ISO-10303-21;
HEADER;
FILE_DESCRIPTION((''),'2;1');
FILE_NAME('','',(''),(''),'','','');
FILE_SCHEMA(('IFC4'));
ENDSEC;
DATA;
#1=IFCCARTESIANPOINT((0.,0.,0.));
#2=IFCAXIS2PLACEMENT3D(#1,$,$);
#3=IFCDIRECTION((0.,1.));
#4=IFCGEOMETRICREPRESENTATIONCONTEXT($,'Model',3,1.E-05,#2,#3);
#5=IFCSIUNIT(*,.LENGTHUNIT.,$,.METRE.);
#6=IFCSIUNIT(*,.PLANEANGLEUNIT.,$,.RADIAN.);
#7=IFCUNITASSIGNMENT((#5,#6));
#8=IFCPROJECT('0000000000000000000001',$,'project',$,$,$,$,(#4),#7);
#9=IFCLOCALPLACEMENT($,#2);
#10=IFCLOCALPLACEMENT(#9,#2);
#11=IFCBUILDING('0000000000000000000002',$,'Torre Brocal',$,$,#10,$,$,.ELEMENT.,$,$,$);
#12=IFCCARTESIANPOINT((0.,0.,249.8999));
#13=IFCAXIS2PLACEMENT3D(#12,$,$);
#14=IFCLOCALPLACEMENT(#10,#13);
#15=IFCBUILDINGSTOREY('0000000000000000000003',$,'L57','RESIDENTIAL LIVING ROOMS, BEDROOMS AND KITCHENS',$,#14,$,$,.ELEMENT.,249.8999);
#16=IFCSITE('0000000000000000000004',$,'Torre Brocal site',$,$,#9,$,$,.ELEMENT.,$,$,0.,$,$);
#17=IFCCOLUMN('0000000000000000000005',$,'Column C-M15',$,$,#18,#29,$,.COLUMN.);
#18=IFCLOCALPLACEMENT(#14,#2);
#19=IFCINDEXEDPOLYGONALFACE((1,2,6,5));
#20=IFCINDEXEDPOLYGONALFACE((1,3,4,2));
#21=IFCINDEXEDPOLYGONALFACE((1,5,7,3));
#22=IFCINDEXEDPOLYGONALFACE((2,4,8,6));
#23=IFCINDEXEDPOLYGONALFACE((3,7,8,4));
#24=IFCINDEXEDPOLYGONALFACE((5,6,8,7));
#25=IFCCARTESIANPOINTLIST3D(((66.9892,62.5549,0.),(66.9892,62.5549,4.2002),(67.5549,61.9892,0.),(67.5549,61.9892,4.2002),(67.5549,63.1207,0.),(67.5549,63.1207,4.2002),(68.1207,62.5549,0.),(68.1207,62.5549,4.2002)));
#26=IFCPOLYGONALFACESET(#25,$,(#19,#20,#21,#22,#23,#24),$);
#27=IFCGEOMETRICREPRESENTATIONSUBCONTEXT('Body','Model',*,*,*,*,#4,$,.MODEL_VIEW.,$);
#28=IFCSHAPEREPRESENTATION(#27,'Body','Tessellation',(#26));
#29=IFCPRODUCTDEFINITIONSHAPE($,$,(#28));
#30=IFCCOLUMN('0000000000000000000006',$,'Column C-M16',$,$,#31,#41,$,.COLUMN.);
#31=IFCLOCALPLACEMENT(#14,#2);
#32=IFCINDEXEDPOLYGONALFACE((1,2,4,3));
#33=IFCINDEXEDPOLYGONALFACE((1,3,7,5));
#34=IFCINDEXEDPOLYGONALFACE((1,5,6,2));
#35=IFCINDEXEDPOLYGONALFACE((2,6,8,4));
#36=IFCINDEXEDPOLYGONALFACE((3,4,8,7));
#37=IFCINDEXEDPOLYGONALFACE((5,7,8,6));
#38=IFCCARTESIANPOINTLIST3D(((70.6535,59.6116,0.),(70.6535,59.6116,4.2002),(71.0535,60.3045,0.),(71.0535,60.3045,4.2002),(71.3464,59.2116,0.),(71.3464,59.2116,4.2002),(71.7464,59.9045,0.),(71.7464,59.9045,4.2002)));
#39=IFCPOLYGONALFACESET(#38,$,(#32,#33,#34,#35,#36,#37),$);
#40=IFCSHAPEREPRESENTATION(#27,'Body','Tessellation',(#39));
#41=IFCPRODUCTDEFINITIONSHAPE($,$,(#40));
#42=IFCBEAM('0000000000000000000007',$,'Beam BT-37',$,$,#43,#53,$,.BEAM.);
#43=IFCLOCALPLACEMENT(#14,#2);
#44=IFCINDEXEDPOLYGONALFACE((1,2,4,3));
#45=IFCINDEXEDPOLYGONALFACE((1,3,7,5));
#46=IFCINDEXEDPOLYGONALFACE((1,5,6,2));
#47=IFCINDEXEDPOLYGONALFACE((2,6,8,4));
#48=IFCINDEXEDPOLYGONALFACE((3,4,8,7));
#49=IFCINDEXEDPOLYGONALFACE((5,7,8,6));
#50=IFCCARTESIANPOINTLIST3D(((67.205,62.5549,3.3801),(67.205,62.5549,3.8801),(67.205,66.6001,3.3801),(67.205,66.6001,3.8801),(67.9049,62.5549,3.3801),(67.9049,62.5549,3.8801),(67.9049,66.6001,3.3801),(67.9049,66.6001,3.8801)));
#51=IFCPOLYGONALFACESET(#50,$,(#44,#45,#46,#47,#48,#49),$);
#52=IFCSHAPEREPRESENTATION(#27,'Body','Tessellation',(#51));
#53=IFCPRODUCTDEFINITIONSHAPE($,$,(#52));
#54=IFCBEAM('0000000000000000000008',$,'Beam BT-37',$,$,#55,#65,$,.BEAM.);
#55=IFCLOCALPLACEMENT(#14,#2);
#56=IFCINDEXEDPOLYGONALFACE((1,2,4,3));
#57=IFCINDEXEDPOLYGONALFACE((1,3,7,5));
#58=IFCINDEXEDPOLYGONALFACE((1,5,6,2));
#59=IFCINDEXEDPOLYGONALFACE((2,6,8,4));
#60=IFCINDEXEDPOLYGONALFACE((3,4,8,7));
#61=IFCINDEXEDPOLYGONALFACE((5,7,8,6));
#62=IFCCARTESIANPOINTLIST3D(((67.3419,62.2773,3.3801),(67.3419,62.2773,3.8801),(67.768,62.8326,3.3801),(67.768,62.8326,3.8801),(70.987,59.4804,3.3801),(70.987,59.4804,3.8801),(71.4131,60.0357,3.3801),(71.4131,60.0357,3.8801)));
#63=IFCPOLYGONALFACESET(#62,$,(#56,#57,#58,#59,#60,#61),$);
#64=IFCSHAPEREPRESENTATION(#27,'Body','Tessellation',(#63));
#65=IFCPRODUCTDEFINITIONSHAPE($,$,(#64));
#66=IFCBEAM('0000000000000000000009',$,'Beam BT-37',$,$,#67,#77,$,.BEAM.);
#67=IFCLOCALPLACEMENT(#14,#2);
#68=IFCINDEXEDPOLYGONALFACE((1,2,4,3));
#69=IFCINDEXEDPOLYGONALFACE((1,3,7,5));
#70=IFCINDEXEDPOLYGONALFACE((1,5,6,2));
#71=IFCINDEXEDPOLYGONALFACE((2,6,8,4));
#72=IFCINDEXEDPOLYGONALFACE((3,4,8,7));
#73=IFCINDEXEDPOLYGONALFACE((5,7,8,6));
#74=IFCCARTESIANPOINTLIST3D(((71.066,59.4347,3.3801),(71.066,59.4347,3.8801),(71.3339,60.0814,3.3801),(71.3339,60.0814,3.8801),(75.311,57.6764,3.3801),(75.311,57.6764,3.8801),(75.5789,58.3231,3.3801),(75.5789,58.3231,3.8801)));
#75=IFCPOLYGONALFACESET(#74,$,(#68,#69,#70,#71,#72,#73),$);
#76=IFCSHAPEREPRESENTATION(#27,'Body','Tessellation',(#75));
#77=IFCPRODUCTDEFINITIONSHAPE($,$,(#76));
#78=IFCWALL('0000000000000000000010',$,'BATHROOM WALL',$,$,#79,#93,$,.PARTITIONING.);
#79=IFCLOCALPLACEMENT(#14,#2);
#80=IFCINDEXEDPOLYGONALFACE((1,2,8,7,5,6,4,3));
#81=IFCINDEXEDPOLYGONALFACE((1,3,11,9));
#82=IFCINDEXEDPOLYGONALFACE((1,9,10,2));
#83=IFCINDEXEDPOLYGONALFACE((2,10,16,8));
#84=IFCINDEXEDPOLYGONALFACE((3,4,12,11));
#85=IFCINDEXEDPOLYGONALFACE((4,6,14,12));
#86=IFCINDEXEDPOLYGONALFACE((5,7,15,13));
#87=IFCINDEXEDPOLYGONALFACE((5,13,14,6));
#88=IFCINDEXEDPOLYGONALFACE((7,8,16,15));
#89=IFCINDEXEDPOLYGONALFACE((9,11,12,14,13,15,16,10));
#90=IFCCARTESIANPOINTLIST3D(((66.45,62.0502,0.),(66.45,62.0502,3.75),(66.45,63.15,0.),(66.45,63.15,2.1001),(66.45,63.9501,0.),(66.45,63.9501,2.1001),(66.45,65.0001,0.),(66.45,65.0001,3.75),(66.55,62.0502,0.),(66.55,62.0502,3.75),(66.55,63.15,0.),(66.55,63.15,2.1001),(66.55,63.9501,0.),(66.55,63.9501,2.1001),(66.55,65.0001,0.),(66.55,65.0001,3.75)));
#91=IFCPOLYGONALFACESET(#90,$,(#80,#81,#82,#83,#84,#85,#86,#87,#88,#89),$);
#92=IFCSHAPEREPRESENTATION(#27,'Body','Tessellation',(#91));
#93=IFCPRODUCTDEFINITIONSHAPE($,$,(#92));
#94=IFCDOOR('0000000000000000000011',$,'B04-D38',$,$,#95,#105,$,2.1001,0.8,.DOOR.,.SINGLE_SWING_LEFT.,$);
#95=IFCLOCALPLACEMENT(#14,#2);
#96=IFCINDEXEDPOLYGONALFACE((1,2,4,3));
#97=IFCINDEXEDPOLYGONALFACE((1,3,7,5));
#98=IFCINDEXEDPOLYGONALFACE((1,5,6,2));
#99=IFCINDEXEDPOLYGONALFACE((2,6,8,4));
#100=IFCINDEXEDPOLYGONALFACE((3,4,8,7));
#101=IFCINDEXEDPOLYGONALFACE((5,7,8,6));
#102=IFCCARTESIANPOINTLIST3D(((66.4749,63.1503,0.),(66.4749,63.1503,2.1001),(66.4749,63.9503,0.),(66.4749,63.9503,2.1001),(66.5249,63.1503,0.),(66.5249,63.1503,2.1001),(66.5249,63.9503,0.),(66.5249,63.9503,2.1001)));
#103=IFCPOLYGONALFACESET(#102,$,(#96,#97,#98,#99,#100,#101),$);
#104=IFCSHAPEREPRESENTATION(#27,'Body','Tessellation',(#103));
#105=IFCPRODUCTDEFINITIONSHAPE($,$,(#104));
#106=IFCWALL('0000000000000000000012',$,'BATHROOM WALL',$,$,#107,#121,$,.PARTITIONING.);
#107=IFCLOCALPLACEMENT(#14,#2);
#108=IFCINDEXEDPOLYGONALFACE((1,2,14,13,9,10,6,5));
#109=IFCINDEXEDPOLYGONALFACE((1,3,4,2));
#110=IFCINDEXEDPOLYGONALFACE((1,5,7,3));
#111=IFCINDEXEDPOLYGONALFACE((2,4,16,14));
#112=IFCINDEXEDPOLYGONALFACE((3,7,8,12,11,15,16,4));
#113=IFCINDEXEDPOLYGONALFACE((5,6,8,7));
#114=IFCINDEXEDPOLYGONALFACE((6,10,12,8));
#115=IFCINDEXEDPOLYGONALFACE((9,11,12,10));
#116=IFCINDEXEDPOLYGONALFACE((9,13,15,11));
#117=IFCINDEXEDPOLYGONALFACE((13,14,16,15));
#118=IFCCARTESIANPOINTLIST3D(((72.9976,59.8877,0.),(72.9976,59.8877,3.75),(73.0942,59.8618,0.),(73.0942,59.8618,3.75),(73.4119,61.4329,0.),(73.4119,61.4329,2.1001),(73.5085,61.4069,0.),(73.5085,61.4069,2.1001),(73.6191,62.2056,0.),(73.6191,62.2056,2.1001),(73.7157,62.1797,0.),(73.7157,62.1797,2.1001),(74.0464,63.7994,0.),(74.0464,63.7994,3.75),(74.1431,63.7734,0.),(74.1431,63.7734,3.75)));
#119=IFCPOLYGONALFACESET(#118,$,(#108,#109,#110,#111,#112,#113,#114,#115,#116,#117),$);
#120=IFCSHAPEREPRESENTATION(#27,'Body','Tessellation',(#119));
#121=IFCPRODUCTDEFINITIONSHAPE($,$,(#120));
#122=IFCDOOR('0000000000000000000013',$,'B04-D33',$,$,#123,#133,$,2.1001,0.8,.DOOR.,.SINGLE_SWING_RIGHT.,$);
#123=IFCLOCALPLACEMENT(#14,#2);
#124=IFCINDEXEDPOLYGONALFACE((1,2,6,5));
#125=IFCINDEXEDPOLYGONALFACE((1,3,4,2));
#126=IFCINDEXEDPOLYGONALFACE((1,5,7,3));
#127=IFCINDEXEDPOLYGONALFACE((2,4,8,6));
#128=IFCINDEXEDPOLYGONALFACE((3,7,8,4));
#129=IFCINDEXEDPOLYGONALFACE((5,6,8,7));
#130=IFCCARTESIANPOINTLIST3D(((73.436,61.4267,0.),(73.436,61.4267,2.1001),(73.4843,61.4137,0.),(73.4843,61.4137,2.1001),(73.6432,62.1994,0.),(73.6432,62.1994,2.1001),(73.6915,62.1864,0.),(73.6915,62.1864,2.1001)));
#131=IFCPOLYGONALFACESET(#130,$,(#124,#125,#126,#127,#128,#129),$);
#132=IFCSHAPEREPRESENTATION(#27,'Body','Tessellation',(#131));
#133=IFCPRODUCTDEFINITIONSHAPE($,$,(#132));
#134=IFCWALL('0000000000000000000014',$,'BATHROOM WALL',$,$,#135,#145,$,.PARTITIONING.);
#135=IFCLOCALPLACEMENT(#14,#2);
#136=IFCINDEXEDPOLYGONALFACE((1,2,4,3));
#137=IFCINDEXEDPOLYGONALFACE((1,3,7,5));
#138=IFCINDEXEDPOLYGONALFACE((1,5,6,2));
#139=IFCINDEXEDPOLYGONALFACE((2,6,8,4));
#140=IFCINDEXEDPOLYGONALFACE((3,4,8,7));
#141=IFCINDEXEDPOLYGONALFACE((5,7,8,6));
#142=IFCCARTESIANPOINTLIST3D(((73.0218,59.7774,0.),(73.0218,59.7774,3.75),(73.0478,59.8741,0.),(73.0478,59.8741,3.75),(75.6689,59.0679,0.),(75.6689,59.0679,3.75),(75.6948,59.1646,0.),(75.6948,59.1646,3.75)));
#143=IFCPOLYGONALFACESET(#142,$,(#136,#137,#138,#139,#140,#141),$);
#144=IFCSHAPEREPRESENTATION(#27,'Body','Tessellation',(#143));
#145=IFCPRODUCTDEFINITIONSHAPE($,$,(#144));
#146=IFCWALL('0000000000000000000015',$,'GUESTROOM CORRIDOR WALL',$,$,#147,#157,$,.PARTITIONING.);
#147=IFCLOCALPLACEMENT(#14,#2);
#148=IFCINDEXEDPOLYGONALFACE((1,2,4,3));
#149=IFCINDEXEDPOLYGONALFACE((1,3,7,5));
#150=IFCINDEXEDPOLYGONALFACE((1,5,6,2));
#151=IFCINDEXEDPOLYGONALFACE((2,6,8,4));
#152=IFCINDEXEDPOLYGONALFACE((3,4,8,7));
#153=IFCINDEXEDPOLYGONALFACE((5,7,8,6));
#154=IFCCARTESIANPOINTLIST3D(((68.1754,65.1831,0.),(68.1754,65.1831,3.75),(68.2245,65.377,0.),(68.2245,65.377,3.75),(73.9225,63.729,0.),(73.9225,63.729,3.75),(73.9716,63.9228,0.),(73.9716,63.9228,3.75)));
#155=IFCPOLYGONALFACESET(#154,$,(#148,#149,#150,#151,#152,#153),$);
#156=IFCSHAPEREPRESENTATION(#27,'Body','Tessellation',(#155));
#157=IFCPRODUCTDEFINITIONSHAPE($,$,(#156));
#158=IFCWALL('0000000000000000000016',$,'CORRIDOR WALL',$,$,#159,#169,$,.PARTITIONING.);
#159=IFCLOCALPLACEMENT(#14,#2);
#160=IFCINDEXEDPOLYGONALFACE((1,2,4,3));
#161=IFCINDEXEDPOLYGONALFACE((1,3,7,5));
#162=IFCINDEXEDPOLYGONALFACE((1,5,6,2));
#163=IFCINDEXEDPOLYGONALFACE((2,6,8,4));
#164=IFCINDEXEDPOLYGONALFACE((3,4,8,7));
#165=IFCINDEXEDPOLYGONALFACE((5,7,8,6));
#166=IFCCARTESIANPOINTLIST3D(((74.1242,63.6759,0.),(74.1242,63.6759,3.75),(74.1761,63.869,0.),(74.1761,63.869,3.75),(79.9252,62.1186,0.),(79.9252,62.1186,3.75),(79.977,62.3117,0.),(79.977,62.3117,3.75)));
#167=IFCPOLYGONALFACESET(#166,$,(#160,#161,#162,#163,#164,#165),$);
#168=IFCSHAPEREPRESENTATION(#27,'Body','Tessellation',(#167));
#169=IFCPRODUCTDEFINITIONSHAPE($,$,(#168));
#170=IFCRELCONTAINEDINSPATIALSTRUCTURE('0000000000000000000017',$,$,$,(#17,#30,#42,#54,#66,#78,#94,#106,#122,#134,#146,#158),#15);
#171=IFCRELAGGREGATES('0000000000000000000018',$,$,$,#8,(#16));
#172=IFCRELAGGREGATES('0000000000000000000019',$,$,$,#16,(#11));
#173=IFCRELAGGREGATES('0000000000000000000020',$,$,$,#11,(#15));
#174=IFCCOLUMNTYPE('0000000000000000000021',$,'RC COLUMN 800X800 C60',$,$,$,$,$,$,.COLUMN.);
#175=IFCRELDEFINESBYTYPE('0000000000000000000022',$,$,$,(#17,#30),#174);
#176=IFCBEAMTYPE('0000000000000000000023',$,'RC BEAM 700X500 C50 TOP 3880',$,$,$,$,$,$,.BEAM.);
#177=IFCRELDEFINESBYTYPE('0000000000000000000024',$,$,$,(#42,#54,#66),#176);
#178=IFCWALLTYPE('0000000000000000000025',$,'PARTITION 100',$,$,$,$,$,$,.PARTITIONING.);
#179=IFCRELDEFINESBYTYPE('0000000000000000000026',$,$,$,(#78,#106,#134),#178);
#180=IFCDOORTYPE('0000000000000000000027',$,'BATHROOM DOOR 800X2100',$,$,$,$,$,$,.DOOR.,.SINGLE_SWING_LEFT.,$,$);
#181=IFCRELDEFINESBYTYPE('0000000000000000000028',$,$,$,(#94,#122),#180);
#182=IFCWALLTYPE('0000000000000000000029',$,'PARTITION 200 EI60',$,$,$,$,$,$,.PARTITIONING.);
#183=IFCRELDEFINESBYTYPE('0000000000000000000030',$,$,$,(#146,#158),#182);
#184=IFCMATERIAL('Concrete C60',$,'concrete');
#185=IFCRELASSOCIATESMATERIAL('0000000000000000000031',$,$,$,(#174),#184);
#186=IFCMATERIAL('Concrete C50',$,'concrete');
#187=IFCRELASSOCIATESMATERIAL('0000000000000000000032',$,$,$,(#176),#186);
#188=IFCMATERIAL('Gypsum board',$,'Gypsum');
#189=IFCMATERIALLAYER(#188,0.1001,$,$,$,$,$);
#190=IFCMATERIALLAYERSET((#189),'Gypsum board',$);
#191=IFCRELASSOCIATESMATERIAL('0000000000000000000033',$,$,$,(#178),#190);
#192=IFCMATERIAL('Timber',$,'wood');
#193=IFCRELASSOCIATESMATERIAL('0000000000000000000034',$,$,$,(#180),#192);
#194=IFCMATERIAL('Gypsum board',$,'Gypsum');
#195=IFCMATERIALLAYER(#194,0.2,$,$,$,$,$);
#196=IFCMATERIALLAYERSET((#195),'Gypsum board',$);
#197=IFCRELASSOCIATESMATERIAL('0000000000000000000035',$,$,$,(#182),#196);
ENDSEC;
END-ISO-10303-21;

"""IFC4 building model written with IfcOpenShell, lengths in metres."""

from ifc_helpers import new_model, si_unit, direction, frame, frame_2d, origin, origin_2d, place, context, subcontext, project, spatial, rectangle, extrude, material, layer, layer_set, material_profile, profile_set, type_object, element, fill, save


model = new_model("IFC4")

# Units and contexts
model_context = context("Model", 3, precision=1e-05, world=origin(), true_north=direction((0.0, 1.0)))
body_context = subcontext(model_context, "Body", "Model", "MODEL_VIEW")
ifc_project = project(units=[si_unit("LENGTHUNIT", "METRE"), si_unit("PLANEANGLEUNIT", "RADIAN")], contexts=[model_context])

# Site, building, storey
site_placement = place(None, origin())
site = spatial("IfcSite", under=ifc_project, at=site_placement, Name="Torre Brocal site", CompositionType="ELEMENT", RefElevation=0.0)
building_placement = place(site_placement, origin())
building = spatial("IfcBuilding", under=site, at=building_placement, Name="Torre Brocal", CompositionType="ELEMENT")
storey_placement = place(building_placement, frame((0.0, 0.0, 249.8999)))
storey = spatial("IfcBuildingStorey", under=building, at=storey_placement, Name="L57", Description="RESIDENTIAL LIVING ROOMS, BEDROOMS AND KITCHENS", CompositionType="ELEMENT", Elevation=249.8999)

# Columns
ifc_material_1 = material(Name="Concrete C60", Category="concrete")
ifc_material_profile_1 = material_profile(ifc_material_1, rectangle(XDim=0.8, YDim=0.8, at=origin_2d()), Name="RC 800X800")
ifc_profile_set_1 = profile_set([ifc_material_profile_1], Name="Concrete C60")
column_type = type_object("IfcColumnType", Name="RC COLUMN 800X800 C60", PredefinedType="COLUMN", material=ifc_profile_set_1)
for number, where, z_axis, x_axis, name in (
    (1, (67.5549, 62.5549, 0.0), (0.0, 0.0, 1.0), (-0.707107, -0.707107, 0.0), "Column C-M15"),
    (2, (71.2, 59.7581, 0.0), (0.0, 0.0, 1.0), (-0.5, -0.866025, 0.0), "Column C-M16"),
):
    element("IfcColumn", number, at=place(storey_placement, frame(where, z_axis=z_axis, x_axis=x_axis)), inside=storey, type_object=column_type, Name=name, PredefinedType="COLUMN", context=body_context, shape_type="SweptSolid", body=[
        extrude(rectangle(XDim=0.8, YDim=0.8, at=origin_2d()), origin(), (0.0, 0.0, 1.0), 4.2002),
    ])

# Beams
ifc_material_2 = material(Name="Concrete C50", Category="concrete")
ifc_material_profile_2 = material_profile(ifc_material_2, rectangle(XDim=0.7, YDim=0.5, at=origin_2d()), Name="RC 700X500")
ifc_profile_set_2 = profile_set([ifc_material_profile_2], Name="Concrete C50")
beam_type = type_object("IfcBeamType", Name="RC BEAM 700X500 C50 TOP 3880", PredefinedType="BEAM", material=ifc_profile_set_2)
beam_1_placement = place(storey_placement, frame((67.5549, 62.5549, 3.6301), z_axis=(0.0, 1.0, 0.0), x_axis=(-1.0, 0.0, 0.0)))
element("IfcBeam", 3, at=beam_1_placement, inside=storey, type_object=beam_type, Name="Beam BT-37", PredefinedType="BEAM", context=body_context, shape_type="SweptSolid", body=[
    extrude(rectangle(XDim=0.7, YDim=0.5, at=origin_2d()), origin(), (0.0, 0.0, 1.0), 4.0452),
])
beam_2_placement = place(storey_placement, frame((67.5549, 62.5549, 3.6301), z_axis=(0.793358, -0.608755, 0.0), x_axis=(0.608755, 0.793358, 0.0)))
element("IfcBeam", 4, at=beam_2_placement, inside=storey, type_object=beam_type, Name="Beam BT-37", PredefinedType="BEAM", context=body_context, shape_type="SweptSolid", body=[
    extrude(rectangle(XDim=0.7, YDim=0.5, at=origin_2d()), origin(), (0.0, 0.0, 1.0), 4.5945),
])
beam_3_placement = place(storey_placement, frame((71.2, 59.7581, 3.6301), z_axis=(0.923878, -0.382687, 0.0), x_axis=(0.382687, 0.923878, 0.0)))
element("IfcBeam", 5, at=beam_3_placement, inside=storey, type_object=beam_type, Name="Beam BT-37", PredefinedType="BEAM", context=body_context, shape_type="SweptSolid", body=[
    extrude(rectangle(XDim=0.7, YDim=0.5, at=origin_2d()), origin(), (0.0, 0.0, 1.0), 4.5947),
])

# Walls, openings, doors
ifc_material_3 = material(Name="Gypsum board", Category="Gypsum")
ifc_layer_1 = layer(ifc_material_3, 0.1001)
ifc_layer_set_1 = layer_set([ifc_layer_1], Name="Gypsum board")
wall_type_1 = type_object("IfcWallType", Name="PARTITION 100", PredefinedType="PARTITIONING", material=ifc_layer_set_1)
wall_1_placement = place(storey_placement, frame((66.5, 62.05, 0.0), z_axis=(0.0, 0.0, 1.0), x_axis=(0.0, 1.0, 0.0)))
wall_1 = element("IfcWall", 6, at=wall_1_placement, inside=storey, type_object=wall_type_1, Name="BATHROOM WALL", PredefinedType="PARTITIONING", context=body_context, shape_type="SweptSolid", body=[
    extrude(rectangle(XDim=2.95, YDim=0.1001, at=frame_2d((1.4751, 0.0))), origin(), (0.0, 0.0, 1.0), 3.75),
])
opening_1_placement = place(wall_1_placement, frame((1.1001, 0.0, 0.0)))
opening_1 = element("IfcOpeningElement", 7, at=opening_1_placement, cuts=wall_1, PredefinedType="OPENING", context=body_context, shape_type="SweptSolid", body=[
    extrude(rectangle(XDim=0.8, YDim=2.1001, at=frame_2d((0.3999, 1.05))), frame((0.0, 0.0601, 0.0), z_axis=(0.0, -1.0, 0.0), x_axis=(1.0, 0.0, 0.0)), (0.0, 0.0, 1.0), 0.1201),
])
ifc_material_4 = material(Name="Timber", Category="wood")
door_type_1 = type_object("IfcDoorType", Name="BATHROOM DOOR 800X2100", OperationType="SINGLE_SWING_LEFT", PredefinedType="DOOR", material=ifc_material_4)
door_1_placement = place(opening_1_placement, frame((0.8, 0.0, 0.0), z_axis=(0.0, 0.0, 1.0), x_axis=(-1.0, 0.0, 0.0)))
door_1 = element("IfcDoor", 8, at=door_1_placement, inside=storey, type_object=door_type_1, Name="B04-D38", OperationType="SINGLE_SWING_LEFT", OverallHeight=2.1001, OverallWidth=0.8, PredefinedType="DOOR", context=body_context, shape_type="SweptSolid", body=[
    extrude(rectangle(XDim=0.8, YDim=2.1001, at=frame_2d((0.3999, 1.05))), frame((0.0, 0.0249, 0.0), z_axis=(0.0, -1.0, 0.0), x_axis=(1.0, 0.0, 0.0)), (0.0, 0.0, 1.0), 0.05),
])
fill(opening_1, door_1)
wall_2_placement = place(storey_placement, frame((73.0459, 59.8748, 0.0), z_axis=(0.0, 0.0, 1.0), x_axis=(0.258983, 0.965882, 0.0)))
wall_2 = element("IfcWall", 9, at=wall_2_placement, inside=storey, type_object=wall_type_1, Name="BATHROOM WALL", PredefinedType="PARTITIONING", context=body_context, shape_type="SweptSolid", body=[
    extrude(rectangle(XDim=4.0498, YDim=0.1001, at=frame_2d((2.0249, 0.0))), origin(), (0.0, 0.0, 1.0), 3.75),
])
opening_2_placement = place(wall_2_placement, frame((1.5999, 0.0, 0.0)))
opening_2 = element("IfcOpeningElement", 10, at=opening_2_placement, cuts=wall_2, PredefinedType="OPENING", context=body_context, shape_type="SweptSolid", body=[
    extrude(rectangle(XDim=0.8, YDim=2.1001, at=frame_2d((0.3999, 1.05))), frame((0.0, 0.0601, 0.0), z_axis=(0.0, -1.0, 0.0), x_axis=(1.0, 0.0, 0.0)), (0.0, 0.0, 1.0), 0.1201),
])
door_2_placement = place(opening_2_placement, frame((0.8, 0.0, 0.0), z_axis=(0.0, 0.0, 1.0), x_axis=(-1.0, 0.0, 0.0)))
door_2 = element("IfcDoor", 11, at=door_2_placement, inside=storey, type_object=door_type_1, Name="B04-D33", OperationType="SINGLE_SWING_RIGHT", OverallHeight=2.1001, OverallWidth=0.8, PredefinedType="DOOR", context=body_context, shape_type="SweptSolid", body=[
    extrude(rectangle(XDim=0.8, YDim=2.1001, at=frame_2d((0.3999, 1.05))), frame((0.0, 0.0249, 0.0), z_axis=(0.0, -1.0, 0.0), x_axis=(1.0, 0.0, 0.0)), (0.0, 0.0, 1.0), 0.05),
])
fill(opening_2, door_2)

# Walls
wall_3_placement = place(storey_placement, frame((73.0349, 59.8257, 0.0), z_axis=(0.0, 0.0, 1.0), x_axis=(0.965906, -0.258893, 0.0)))
element("IfcWall", 12, at=wall_3_placement, inside=storey, type_object=wall_type_1, Name="BATHROOM WALL", PredefinedType="PARTITIONING", context=body_context, shape_type="SweptSolid", body=[
    extrude(rectangle(XDim=2.7405, YDim=0.1001, at=frame_2d((1.3701, 0.0))), origin(), (0.0, 0.0, 1.0), 3.75),
])
ifc_material_5 = material(Name="Gypsum board", Category="Gypsum")
ifc_layer_2 = layer(ifc_material_5, 0.2)
ifc_layer_set_2 = layer_set([ifc_layer_2], Name="Gypsum board")
wall_type_2 = type_object("IfcWallType", Name="PARTITION 200 EI60", PredefinedType="PARTITIONING", material=ifc_layer_set_2)
wall_4_placement = place(storey_placement, frame((68.2, 65.28, 0.0), z_axis=(0.0, 0.0, 1.0), x_axis=(0.969451, -0.245287, 0.0)))
element("IfcWall", 13, at=wall_4_placement, inside=storey, type_object=wall_type_2, Name="GUESTROOM CORRIDOR WALL", PredefinedType="PARTITIONING", context=body_context, shape_type="SweptSolid", body=[
    extrude(rectangle(XDim=5.9282, YDim=0.2, at=frame_2d((2.9641, 0.0))), origin(), (0.0, 0.0, 1.0), 3.75),
])
wall_5_placement = place(storey_placement, frame((74.1501, 63.7725, 0.0), z_axis=(0.0, 0.0, 1.0), x_axis=(0.965801, -0.259284, 0.0)))
element("IfcWall", 14, at=wall_5_placement, inside=storey, type_object=wall_type_2, Name="CORRIDOR WALL", PredefinedType="PARTITIONING", context=body_context, shape_type="SweptSolid", body=[
    extrude(rectangle(XDim=6.0063, YDim=0.2, at=frame_2d((3.0032, 0.0))), origin(), (0.0, 0.0, 1.0), 3.75),
])

save(model, "model.ifc")
